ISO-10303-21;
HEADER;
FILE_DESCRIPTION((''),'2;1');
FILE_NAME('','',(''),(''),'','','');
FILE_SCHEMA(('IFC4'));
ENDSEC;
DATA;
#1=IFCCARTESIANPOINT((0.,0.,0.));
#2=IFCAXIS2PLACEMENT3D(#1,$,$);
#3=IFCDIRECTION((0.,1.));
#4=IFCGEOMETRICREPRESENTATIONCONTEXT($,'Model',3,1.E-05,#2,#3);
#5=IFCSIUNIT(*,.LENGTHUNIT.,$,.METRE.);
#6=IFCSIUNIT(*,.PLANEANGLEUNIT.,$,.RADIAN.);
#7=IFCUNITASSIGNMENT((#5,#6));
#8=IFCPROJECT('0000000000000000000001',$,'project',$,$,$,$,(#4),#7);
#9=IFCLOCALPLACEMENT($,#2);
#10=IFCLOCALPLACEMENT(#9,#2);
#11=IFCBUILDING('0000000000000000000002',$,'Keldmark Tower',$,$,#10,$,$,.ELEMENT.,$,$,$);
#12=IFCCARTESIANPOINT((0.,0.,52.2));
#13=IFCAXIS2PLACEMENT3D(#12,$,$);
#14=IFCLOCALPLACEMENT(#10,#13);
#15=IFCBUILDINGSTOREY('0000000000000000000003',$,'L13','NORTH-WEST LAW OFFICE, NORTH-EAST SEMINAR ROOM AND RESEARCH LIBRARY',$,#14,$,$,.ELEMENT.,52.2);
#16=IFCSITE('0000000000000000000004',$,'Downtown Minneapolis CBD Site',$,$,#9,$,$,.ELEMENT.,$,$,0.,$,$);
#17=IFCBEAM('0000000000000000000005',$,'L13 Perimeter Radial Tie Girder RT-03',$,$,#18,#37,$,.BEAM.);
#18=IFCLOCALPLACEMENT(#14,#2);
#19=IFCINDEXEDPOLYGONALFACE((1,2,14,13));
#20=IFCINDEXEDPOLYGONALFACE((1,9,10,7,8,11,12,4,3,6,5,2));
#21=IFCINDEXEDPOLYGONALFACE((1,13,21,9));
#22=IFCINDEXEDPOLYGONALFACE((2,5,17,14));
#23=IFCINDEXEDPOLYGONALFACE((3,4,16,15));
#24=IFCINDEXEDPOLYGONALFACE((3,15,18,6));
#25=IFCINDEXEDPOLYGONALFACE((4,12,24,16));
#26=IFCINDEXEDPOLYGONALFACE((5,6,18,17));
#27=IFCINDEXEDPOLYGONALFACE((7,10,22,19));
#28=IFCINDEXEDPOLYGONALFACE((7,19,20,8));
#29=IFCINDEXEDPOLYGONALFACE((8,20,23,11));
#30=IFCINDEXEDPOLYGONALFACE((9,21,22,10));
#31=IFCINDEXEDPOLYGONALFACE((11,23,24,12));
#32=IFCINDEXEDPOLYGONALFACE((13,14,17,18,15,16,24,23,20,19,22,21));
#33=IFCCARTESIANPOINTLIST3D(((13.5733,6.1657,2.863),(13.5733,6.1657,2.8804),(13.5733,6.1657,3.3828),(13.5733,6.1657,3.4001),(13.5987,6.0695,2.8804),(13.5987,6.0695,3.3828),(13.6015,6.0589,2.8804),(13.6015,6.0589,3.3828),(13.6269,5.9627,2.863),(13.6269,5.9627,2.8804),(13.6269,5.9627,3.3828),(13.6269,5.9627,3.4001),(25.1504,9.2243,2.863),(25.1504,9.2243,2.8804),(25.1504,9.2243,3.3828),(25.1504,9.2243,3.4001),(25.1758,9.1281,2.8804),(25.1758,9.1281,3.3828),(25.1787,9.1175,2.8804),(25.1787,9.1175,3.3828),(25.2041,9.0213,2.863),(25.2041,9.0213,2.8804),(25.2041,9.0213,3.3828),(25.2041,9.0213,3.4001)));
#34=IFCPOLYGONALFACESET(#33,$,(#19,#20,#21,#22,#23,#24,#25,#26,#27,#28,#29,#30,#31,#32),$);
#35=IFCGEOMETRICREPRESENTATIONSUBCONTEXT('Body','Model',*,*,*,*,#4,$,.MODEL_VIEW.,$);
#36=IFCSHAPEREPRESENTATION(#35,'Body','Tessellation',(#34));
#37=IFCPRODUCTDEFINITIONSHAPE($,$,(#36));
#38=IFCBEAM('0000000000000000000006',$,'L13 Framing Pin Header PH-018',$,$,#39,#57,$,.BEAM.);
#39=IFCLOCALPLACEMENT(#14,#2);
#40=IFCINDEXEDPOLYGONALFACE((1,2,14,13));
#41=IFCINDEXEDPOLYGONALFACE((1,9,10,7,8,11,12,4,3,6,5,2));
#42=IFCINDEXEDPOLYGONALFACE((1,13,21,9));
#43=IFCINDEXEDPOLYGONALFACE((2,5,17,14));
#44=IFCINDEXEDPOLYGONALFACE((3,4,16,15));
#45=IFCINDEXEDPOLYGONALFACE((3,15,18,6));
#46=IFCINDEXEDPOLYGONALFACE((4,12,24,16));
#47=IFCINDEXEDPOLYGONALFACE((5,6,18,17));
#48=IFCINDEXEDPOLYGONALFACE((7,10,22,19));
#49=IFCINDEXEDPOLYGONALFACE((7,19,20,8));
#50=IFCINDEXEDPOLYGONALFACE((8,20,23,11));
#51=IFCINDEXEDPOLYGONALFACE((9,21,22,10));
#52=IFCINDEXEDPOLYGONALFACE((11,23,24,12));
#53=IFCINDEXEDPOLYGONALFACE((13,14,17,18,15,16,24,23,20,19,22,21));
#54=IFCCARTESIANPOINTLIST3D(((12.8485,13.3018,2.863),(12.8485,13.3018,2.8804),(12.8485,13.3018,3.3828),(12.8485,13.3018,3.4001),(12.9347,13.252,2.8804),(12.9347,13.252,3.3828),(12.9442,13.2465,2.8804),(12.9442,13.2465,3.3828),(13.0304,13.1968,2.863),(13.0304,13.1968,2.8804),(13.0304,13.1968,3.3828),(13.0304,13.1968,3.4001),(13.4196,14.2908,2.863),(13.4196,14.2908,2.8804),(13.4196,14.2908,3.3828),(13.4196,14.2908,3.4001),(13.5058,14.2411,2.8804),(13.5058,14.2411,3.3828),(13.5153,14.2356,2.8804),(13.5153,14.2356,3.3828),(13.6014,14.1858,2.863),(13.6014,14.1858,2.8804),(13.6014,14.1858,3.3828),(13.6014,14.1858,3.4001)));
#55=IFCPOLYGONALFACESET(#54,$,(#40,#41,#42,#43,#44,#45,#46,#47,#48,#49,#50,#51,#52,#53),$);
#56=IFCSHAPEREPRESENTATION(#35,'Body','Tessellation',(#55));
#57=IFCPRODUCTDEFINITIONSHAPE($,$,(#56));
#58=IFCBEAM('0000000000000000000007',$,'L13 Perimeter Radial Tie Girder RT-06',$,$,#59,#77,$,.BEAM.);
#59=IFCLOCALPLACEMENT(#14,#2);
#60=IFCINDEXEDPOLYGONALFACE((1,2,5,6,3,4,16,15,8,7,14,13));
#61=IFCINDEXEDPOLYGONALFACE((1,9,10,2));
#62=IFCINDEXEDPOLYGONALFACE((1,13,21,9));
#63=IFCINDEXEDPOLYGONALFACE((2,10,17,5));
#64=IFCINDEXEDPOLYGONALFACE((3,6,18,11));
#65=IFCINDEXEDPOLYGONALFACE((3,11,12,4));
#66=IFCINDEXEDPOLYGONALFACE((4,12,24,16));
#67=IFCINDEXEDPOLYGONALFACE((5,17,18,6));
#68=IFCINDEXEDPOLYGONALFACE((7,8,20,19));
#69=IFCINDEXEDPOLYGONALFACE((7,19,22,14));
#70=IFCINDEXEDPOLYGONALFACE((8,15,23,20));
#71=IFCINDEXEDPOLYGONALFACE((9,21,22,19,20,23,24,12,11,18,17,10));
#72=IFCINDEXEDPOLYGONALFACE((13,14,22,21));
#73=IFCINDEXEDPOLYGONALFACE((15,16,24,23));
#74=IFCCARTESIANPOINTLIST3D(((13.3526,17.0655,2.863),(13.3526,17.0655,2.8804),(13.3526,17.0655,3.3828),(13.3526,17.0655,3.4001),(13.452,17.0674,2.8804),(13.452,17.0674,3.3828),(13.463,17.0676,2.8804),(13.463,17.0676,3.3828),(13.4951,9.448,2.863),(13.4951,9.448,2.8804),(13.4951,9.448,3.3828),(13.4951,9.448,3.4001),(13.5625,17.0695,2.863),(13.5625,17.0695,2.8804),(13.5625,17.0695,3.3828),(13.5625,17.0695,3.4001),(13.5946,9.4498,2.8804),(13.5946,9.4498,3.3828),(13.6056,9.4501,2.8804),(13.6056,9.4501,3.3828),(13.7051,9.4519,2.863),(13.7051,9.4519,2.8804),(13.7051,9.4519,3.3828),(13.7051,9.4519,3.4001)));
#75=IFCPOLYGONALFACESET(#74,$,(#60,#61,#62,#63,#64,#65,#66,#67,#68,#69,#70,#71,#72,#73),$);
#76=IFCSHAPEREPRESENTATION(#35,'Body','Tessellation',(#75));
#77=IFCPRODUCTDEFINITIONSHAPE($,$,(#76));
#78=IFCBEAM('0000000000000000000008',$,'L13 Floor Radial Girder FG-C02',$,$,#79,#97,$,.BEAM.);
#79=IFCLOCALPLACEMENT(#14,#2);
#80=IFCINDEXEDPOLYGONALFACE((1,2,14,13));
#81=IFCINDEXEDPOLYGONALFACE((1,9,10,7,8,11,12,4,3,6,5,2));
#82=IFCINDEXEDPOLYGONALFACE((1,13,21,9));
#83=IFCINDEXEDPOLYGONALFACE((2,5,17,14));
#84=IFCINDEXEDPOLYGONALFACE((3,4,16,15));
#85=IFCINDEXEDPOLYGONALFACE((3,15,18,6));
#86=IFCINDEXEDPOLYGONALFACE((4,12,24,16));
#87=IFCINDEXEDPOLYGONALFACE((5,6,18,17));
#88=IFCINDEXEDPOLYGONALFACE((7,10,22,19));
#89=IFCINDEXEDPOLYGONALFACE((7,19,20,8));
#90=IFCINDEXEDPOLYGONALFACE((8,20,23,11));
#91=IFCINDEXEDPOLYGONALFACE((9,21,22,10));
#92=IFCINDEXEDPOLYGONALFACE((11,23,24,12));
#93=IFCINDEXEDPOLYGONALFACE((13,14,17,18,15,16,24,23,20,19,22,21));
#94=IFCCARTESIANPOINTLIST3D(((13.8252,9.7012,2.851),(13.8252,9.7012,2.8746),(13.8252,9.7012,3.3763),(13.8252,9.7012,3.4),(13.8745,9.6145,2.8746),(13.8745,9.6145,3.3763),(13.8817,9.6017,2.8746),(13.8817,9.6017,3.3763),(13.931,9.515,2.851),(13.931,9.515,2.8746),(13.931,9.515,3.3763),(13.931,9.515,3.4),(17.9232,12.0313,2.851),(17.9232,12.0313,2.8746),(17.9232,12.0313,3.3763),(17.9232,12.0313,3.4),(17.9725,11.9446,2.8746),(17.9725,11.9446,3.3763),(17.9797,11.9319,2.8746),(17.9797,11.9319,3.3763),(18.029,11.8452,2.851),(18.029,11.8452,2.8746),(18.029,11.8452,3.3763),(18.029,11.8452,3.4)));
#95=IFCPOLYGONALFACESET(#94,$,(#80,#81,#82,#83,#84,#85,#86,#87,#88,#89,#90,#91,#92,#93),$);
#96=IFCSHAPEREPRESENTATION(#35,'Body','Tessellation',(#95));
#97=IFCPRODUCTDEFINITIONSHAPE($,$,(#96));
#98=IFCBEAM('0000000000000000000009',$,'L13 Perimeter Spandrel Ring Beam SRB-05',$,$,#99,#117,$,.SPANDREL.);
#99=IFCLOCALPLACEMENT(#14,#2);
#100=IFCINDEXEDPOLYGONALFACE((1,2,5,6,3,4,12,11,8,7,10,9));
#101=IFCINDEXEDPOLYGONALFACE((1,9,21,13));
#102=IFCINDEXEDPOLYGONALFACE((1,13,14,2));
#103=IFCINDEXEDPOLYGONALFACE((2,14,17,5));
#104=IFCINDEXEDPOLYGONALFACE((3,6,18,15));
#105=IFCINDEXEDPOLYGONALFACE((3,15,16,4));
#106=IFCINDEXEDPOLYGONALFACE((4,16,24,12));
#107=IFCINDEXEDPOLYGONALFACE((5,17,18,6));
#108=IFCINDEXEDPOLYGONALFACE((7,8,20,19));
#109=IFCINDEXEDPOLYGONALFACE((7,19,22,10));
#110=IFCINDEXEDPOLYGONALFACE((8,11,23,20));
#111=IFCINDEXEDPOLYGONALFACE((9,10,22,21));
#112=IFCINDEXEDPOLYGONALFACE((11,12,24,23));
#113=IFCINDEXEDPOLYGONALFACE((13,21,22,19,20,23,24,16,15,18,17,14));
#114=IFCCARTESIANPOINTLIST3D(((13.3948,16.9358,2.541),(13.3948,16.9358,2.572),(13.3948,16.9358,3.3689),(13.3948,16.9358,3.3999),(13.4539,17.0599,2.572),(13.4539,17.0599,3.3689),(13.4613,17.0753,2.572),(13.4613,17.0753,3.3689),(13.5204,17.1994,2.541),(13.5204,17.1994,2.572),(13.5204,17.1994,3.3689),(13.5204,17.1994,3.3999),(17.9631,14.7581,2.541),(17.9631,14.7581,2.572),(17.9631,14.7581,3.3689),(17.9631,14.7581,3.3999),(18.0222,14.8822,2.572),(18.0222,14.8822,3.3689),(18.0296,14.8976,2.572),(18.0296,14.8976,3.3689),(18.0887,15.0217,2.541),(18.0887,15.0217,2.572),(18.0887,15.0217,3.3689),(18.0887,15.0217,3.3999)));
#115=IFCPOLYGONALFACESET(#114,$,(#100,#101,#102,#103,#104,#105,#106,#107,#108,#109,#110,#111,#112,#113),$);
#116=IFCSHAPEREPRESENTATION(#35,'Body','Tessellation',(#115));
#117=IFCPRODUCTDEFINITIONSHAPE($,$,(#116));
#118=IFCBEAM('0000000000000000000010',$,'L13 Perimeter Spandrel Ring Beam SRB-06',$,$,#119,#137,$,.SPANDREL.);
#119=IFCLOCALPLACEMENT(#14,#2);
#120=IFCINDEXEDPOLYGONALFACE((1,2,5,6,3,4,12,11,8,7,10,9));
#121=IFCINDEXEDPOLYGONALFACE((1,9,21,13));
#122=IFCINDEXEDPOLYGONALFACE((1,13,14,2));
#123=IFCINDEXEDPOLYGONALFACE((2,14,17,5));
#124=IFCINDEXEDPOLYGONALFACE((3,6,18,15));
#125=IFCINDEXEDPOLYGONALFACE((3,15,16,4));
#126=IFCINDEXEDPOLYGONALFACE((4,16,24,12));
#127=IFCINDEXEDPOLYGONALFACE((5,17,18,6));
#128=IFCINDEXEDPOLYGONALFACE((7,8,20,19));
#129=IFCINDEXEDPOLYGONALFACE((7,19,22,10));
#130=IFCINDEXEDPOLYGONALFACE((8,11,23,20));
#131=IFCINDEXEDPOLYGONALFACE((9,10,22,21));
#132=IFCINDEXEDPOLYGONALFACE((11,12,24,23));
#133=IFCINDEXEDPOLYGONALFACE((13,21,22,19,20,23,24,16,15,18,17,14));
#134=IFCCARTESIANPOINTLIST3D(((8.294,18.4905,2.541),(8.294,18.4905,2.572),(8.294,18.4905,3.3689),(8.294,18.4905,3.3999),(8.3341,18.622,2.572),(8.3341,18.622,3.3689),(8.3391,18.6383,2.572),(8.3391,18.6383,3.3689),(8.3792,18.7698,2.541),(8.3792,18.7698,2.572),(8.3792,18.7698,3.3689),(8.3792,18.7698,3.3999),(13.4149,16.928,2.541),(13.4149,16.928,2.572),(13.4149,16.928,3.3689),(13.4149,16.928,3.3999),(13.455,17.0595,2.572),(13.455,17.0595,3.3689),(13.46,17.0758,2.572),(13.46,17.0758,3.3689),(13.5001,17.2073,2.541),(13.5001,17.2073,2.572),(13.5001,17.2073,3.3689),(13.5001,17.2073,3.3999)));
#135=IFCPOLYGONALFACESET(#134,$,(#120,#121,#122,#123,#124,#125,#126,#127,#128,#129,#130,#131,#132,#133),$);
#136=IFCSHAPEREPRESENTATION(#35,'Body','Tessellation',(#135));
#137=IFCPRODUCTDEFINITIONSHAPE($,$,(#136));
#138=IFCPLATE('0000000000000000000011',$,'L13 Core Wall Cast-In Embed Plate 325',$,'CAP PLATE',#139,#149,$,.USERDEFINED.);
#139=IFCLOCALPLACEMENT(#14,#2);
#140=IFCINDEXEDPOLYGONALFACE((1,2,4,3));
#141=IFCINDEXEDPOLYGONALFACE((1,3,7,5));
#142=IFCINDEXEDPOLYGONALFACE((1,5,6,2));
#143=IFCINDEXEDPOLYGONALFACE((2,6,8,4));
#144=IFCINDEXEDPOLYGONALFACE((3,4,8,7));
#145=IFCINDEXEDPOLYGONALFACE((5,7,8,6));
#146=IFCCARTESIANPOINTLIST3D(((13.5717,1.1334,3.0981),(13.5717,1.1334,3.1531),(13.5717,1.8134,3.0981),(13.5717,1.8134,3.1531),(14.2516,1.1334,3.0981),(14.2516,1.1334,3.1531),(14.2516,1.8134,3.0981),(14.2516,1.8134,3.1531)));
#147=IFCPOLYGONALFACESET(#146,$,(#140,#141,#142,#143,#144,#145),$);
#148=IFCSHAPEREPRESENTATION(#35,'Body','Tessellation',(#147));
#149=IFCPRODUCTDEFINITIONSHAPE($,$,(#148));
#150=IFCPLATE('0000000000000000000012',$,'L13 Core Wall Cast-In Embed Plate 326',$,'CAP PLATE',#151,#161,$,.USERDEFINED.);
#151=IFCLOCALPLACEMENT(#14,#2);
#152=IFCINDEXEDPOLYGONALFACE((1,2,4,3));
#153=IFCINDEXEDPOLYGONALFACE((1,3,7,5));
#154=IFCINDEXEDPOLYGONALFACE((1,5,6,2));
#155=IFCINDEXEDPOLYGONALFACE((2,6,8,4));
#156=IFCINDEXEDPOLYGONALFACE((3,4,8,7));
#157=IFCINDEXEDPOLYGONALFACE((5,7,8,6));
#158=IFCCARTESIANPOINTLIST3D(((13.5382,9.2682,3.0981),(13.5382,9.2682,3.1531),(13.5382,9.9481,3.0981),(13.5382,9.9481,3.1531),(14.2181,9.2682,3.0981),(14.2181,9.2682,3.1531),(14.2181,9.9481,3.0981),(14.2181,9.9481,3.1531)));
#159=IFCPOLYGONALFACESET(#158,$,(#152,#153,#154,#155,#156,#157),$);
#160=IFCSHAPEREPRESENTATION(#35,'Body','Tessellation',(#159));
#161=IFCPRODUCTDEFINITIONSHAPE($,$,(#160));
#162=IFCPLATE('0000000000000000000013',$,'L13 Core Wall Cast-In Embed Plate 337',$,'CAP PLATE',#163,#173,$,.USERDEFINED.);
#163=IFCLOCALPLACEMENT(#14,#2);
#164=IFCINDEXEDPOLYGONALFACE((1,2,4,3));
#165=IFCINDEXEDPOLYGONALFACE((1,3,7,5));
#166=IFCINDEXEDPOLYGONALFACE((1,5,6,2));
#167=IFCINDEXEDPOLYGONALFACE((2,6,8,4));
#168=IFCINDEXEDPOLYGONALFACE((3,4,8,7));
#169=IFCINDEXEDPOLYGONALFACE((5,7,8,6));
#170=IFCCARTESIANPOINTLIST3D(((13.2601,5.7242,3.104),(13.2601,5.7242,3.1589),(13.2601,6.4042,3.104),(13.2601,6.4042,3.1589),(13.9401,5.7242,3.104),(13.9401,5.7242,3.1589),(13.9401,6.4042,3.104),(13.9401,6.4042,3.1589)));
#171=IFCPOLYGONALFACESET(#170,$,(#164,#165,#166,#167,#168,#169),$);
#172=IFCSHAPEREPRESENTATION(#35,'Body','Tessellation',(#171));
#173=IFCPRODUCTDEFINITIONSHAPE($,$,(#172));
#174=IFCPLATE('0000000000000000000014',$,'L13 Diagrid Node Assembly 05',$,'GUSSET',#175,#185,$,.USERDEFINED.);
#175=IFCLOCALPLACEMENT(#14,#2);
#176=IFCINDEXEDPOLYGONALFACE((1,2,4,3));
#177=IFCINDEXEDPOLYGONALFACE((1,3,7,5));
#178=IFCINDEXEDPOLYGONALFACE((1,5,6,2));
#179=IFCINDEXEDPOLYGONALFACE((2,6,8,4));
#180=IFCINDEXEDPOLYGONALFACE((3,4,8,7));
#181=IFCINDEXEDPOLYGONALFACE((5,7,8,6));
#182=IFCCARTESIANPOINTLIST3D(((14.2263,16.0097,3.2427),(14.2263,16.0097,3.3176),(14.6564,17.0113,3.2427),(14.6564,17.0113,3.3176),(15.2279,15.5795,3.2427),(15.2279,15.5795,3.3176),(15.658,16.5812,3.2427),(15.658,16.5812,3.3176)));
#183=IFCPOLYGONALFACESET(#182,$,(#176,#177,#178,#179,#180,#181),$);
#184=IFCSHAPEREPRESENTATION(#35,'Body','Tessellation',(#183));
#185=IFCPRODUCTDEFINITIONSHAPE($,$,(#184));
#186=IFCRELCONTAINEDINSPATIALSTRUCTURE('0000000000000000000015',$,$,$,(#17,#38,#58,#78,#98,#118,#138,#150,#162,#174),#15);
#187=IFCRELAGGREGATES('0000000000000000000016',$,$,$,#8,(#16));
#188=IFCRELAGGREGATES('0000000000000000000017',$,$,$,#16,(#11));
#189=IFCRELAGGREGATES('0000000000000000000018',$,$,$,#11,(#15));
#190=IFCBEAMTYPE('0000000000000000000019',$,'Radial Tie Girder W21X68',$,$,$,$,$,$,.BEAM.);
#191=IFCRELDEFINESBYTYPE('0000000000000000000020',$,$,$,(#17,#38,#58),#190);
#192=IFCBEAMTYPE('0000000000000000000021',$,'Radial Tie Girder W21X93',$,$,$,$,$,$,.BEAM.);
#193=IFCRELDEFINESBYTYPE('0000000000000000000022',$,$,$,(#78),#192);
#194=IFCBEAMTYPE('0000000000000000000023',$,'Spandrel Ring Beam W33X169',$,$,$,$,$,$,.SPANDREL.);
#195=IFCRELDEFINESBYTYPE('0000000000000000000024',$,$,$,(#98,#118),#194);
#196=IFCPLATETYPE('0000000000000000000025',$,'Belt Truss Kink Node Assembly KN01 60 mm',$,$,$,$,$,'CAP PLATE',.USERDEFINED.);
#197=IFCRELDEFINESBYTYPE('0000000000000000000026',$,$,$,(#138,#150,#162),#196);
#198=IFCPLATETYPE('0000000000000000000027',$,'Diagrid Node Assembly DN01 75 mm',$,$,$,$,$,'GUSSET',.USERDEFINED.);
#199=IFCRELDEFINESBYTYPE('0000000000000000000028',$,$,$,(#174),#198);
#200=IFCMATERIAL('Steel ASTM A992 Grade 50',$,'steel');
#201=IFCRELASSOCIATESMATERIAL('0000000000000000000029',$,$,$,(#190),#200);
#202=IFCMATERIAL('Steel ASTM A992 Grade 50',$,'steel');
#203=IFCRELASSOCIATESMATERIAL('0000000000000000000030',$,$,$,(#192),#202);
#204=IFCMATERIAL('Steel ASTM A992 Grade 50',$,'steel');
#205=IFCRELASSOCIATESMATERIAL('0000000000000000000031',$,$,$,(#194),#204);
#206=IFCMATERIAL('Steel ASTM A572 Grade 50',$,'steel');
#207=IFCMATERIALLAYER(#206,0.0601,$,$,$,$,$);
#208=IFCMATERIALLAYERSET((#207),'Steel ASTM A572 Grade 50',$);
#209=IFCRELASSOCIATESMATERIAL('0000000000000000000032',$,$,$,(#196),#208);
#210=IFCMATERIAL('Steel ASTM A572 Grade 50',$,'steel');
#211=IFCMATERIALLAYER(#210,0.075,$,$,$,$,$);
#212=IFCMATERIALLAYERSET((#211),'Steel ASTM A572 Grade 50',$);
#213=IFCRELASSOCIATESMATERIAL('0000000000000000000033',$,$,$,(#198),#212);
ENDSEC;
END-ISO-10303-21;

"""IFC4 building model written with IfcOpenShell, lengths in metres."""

from ifc_helpers import new_model, si_unit, direction, frame, origin, origin_2d, place, context, subcontext, project, spatial, rectangle, i_section, extrude, material, layer, layer_set, material_profile, profile_set, type_object, element, save


model = new_model("IFC4")

# Units and contexts
model_context = context("Model", 3, precision=1e-05, world=origin(), true_north=direction((0.0, 1.0)))
body_context = subcontext(model_context, "Body", "Model", "MODEL_VIEW")
ifc_project = project(units=[si_unit("LENGTHUNIT", "METRE"), si_unit("PLANEANGLEUNIT", "RADIAN")], contexts=[model_context])

# Site, building, storey
site_placement = place(None, origin())
site = spatial("IfcSite", under=ifc_project, at=site_placement, Name="Downtown Minneapolis CBD Site", CompositionType="ELEMENT", RefElevation=0.0)
building_placement = place(site_placement, origin())
building = spatial("IfcBuilding", under=site, at=building_placement, Name="Keldmark Tower", CompositionType="ELEMENT")
storey_placement = place(building_placement, frame((0.0, 0.0, 52.2)))
storey = spatial("IfcBuildingStorey", under=building, at=storey_placement, Name="L13", Description="NORTH-WEST LAW OFFICE, NORTH-EAST SEMINAR ROOM AND RESEARCH LIBRARY", CompositionType="ELEMENT", Elevation=52.2)

# Beams
ifc_material_1 = material(Name="Steel ASTM A992 Grade 50", Category="steel")
ifc_material_profile_1 = material_profile(ifc_material_1, i_section(OverallWidth=0.21, OverallDepth=0.5371, WebThickness=0.011, FlangeThickness=0.0173, at=origin_2d()), Name="W21X68")
ifc_profile_set_1 = profile_set([ifc_material_profile_1], Name="Steel ASTM A992 Grade 50")
beam_type_1 = type_object("IfcBeamType", Name="Radial Tie Girder W21X68", PredefinedType="BEAM", material=ifc_profile_set_1)
beam_1_placement = place(storey_placement, frame((13.6001, 6.0642, 3.1316), z_axis=(0.966828, 0.255429, 0.0), x_axis=(-0.255429, 0.966828, 0.0)))
element("IfcBeam", 1, at=beam_1_placement, inside=storey, type_object=beam_type_1, Name="L13 Perimeter Radial Tie Girder RT-03", PredefinedType="BEAM", context=body_context, shape_type="SweptSolid", body=[
    extrude(i_section(OverallWidth=0.21, OverallDepth=0.5371, WebThickness=0.011, FlangeThickness=0.0173, at=origin_2d()), origin(), (0.0, 0.0, 1.0), 11.9744),
])
beam_2_placement = place(storey_placement, frame((12.9395, 13.2493, 3.1316), z_axis=(0.500025, 0.866011, 0.0), x_axis=(-0.866011, 0.500025, 0.0)))
element("IfcBeam", 2, at=beam_2_placement, inside=storey, type_object=beam_type_1, Name="L13 Framing Pin Header PH-018", PredefinedType="BEAM", context=body_context, shape_type="SweptSolid", body=[
    extrude(i_section(OverallWidth=0.21, OverallDepth=0.5371, WebThickness=0.011, FlangeThickness=0.0173, at=origin_2d()), origin(), (0.0, 0.0, 1.0), 1.1421),
])
beam_3_placement = place(storey_placement, frame((13.6001, 9.45, 3.1316), z_axis=(-0.018713, 0.999825, 0.0), x_axis=(-0.999825, -0.018713, 0.0)))
element("IfcBeam", 3, at=beam_3_placement, inside=storey, type_object=beam_type_1, Name="L13 Perimeter Radial Tie Girder RT-06", PredefinedType="BEAM", context=body_context, shape_type="SweptSolid", body=[
    extrude(i_section(OverallWidth=0.21, OverallDepth=0.5371, WebThickness=0.011, FlangeThickness=0.0173, at=origin_2d()), origin(), (0.0, 0.0, 1.0), 7.6189),
])
ifc_material_2 = material(Name="Steel ASTM A992 Grade 50", Category="steel")
ifc_material_profile_2 = material_profile(ifc_material_2, i_section(OverallWidth=0.2141, OverallDepth=0.5491, WebThickness=0.0146, FlangeThickness=0.0237, at=origin_2d()), Name="W21X93")
ifc_profile_set_2 = profile_set([ifc_material_profile_2], Name="Steel ASTM A992 Grade 50")
beam_type_2 = type_object("IfcBeamType", Name="Radial Tie Girder W21X93", PredefinedType="BEAM", material=ifc_profile_set_2)
beam_4_placement = place(storey_placement, frame((17.9761, 11.9382, 3.1255), z_axis=(-0.869299, -0.494286, 0.0), x_axis=(0.494286, -0.869299, 0.0)))
element("IfcBeam", 4, at=beam_4_placement, inside=storey, type_object=beam_type_2, Name="L13 Floor Radial Girder FG-C02", PredefinedType="BEAM", context=body_context, shape_type="SweptSolid", body=[
    extrude(i_section(OverallWidth=0.2141, OverallDepth=0.5491, WebThickness=0.0146, FlangeThickness=0.0237, at=origin_2d()), origin(), (0.0, 0.0, 1.0), 4.7141),
])
ifc_material_3 = material(Name="Steel ASTM A992 Grade 50", Category="steel")
ifc_material_profile_3 = material_profile(ifc_material_3, i_section(OverallWidth=0.292, OverallDepth=0.8589, WebThickness=0.0171, FlangeThickness=0.031, at=origin_2d()), Name="W33X169")
ifc_profile_set_3 = profile_set([ifc_material_profile_3], Name="Steel ASTM A992 Grade 50")
beam_type_3 = type_object("IfcBeamType", Name="Spandrel Ring Beam W33X169", PredefinedType="SPANDREL", material=ifc_profile_set_3)
beam_5_placement = place(storey_placement, frame((18.0259, 14.8899, 2.9705), z_axis=(-0.902682, 0.430308, 0.0), x_axis=(-0.430308, -0.902682, 0.0)))
element("IfcBeam", 5, at=beam_5_placement, inside=storey, type_object=beam_type_3, Name="L13 Perimeter Spandrel Ring Beam SRB-05", PredefinedType="SPANDREL", context=body_context, shape_type="SweptSolid", body=[
    extrude(i_section(OverallWidth=0.292, OverallDepth=0.8589, WebThickness=0.0171, FlangeThickness=0.031, at=origin_2d()), origin(), (0.0, 0.0, 1.0), 5.0608),
])
beam_6_placement = place(storey_placement, frame((13.4575, 17.0676, 2.9705), z_axis=(-0.956467, 0.291842, 0.0), x_axis=(-0.291842, -0.956467, 0.0)))
element("IfcBeam", 6, at=beam_6_placement, inside=storey, type_object=beam_type_3, Name="L13 Perimeter Spandrel Ring Beam SRB-06", PredefinedType="SPANDREL", context=body_context, shape_type="SweptSolid", body=[
    extrude(i_section(OverallWidth=0.292, OverallDepth=0.8589, WebThickness=0.0171, FlangeThickness=0.031, at=origin_2d()), origin(), (0.0, 0.0, 1.0), 5.354),
])

# Plates
ifc_material_4 = material(Name="Steel ASTM A572 Grade 50", Category="steel")
ifc_layer_1 = layer(ifc_material_4, 0.0601)
ifc_layer_set_1 = layer_set([ifc_layer_1], Name="Steel ASTM A572 Grade 50")
plate_type_1 = type_object("IfcPlateType", Name="Belt Truss Kink Node Assembly KN01 60 mm", ElementType="CAP PLATE", PredefinedType="USERDEFINED", material=ifc_layer_set_1)
for number, where, z_axis, x_axis, name in (
    (7, (13.9116, 1.4734, 3.0981), (0.0, 0.0, 1.0), (1.0, 0.0, 0.0), "L13 Core Wall Cast-In Embed Plate 325"),
    (8, (13.8782, 9.6082, 3.0981), (0.0, 0.0, 1.0), (1.0, 0.0, 0.0), "L13 Core Wall Cast-In Embed Plate 326"),
    (9, (13.6001, 6.0642, 3.104), (0.0, 0.0, 1.0), (1.0, 0.0, 0.0), "L13 Core Wall Cast-In Embed Plate 337"),
):
    element("IfcPlate", number, at=place(storey_placement, frame(where, z_axis=z_axis, x_axis=x_axis)), inside=storey, type_object=plate_type_1, Name=name, ObjectType="CAP PLATE", PredefinedType="USERDEFINED", context=body_context, shape_type="SweptSolid", body=[
        extrude(rectangle(XDim=0.6799, YDim=0.6799, at=origin_2d()), origin(), (0.0, 0.0, 1.0), 0.0549),
    ])
ifc_material_5 = material(Name="Steel ASTM A572 Grade 50", Category="steel")
ifc_layer_2 = layer(ifc_material_5, 0.075)
ifc_layer_set_2 = layer_set([ifc_layer_2], Name="Steel ASTM A572 Grade 50")
plate_type_2 = type_object("IfcPlateType", Name="Diagrid Node Assembly DN01 75 mm", ElementType="GUSSET", PredefinedType="USERDEFINED", material=ifc_layer_set_2)
for number, where, z_axis, x_axis, name in (
    (10, (14.9421, 16.2954, 3.2427), (0.0, 0.0, 1.0), (-0.91886, 0.394583, 0.0), "L13 Diagrid Node Assembly 05"),
):
    element("IfcPlate", number, at=place(storey_placement, frame(where, z_axis=z_axis, x_axis=x_axis)), inside=storey, type_object=plate_type_2, Name=name, ObjectType="GUSSET", PredefinedType="USERDEFINED", context=body_context, shape_type="SweptSolid", body=[
        extrude(rectangle(XDim=1.0901, YDim=1.0901, at=origin_2d()), origin(), (0.0, 0.0, 1.0), 0.075),
    ])

save(model, "model.ifc")
